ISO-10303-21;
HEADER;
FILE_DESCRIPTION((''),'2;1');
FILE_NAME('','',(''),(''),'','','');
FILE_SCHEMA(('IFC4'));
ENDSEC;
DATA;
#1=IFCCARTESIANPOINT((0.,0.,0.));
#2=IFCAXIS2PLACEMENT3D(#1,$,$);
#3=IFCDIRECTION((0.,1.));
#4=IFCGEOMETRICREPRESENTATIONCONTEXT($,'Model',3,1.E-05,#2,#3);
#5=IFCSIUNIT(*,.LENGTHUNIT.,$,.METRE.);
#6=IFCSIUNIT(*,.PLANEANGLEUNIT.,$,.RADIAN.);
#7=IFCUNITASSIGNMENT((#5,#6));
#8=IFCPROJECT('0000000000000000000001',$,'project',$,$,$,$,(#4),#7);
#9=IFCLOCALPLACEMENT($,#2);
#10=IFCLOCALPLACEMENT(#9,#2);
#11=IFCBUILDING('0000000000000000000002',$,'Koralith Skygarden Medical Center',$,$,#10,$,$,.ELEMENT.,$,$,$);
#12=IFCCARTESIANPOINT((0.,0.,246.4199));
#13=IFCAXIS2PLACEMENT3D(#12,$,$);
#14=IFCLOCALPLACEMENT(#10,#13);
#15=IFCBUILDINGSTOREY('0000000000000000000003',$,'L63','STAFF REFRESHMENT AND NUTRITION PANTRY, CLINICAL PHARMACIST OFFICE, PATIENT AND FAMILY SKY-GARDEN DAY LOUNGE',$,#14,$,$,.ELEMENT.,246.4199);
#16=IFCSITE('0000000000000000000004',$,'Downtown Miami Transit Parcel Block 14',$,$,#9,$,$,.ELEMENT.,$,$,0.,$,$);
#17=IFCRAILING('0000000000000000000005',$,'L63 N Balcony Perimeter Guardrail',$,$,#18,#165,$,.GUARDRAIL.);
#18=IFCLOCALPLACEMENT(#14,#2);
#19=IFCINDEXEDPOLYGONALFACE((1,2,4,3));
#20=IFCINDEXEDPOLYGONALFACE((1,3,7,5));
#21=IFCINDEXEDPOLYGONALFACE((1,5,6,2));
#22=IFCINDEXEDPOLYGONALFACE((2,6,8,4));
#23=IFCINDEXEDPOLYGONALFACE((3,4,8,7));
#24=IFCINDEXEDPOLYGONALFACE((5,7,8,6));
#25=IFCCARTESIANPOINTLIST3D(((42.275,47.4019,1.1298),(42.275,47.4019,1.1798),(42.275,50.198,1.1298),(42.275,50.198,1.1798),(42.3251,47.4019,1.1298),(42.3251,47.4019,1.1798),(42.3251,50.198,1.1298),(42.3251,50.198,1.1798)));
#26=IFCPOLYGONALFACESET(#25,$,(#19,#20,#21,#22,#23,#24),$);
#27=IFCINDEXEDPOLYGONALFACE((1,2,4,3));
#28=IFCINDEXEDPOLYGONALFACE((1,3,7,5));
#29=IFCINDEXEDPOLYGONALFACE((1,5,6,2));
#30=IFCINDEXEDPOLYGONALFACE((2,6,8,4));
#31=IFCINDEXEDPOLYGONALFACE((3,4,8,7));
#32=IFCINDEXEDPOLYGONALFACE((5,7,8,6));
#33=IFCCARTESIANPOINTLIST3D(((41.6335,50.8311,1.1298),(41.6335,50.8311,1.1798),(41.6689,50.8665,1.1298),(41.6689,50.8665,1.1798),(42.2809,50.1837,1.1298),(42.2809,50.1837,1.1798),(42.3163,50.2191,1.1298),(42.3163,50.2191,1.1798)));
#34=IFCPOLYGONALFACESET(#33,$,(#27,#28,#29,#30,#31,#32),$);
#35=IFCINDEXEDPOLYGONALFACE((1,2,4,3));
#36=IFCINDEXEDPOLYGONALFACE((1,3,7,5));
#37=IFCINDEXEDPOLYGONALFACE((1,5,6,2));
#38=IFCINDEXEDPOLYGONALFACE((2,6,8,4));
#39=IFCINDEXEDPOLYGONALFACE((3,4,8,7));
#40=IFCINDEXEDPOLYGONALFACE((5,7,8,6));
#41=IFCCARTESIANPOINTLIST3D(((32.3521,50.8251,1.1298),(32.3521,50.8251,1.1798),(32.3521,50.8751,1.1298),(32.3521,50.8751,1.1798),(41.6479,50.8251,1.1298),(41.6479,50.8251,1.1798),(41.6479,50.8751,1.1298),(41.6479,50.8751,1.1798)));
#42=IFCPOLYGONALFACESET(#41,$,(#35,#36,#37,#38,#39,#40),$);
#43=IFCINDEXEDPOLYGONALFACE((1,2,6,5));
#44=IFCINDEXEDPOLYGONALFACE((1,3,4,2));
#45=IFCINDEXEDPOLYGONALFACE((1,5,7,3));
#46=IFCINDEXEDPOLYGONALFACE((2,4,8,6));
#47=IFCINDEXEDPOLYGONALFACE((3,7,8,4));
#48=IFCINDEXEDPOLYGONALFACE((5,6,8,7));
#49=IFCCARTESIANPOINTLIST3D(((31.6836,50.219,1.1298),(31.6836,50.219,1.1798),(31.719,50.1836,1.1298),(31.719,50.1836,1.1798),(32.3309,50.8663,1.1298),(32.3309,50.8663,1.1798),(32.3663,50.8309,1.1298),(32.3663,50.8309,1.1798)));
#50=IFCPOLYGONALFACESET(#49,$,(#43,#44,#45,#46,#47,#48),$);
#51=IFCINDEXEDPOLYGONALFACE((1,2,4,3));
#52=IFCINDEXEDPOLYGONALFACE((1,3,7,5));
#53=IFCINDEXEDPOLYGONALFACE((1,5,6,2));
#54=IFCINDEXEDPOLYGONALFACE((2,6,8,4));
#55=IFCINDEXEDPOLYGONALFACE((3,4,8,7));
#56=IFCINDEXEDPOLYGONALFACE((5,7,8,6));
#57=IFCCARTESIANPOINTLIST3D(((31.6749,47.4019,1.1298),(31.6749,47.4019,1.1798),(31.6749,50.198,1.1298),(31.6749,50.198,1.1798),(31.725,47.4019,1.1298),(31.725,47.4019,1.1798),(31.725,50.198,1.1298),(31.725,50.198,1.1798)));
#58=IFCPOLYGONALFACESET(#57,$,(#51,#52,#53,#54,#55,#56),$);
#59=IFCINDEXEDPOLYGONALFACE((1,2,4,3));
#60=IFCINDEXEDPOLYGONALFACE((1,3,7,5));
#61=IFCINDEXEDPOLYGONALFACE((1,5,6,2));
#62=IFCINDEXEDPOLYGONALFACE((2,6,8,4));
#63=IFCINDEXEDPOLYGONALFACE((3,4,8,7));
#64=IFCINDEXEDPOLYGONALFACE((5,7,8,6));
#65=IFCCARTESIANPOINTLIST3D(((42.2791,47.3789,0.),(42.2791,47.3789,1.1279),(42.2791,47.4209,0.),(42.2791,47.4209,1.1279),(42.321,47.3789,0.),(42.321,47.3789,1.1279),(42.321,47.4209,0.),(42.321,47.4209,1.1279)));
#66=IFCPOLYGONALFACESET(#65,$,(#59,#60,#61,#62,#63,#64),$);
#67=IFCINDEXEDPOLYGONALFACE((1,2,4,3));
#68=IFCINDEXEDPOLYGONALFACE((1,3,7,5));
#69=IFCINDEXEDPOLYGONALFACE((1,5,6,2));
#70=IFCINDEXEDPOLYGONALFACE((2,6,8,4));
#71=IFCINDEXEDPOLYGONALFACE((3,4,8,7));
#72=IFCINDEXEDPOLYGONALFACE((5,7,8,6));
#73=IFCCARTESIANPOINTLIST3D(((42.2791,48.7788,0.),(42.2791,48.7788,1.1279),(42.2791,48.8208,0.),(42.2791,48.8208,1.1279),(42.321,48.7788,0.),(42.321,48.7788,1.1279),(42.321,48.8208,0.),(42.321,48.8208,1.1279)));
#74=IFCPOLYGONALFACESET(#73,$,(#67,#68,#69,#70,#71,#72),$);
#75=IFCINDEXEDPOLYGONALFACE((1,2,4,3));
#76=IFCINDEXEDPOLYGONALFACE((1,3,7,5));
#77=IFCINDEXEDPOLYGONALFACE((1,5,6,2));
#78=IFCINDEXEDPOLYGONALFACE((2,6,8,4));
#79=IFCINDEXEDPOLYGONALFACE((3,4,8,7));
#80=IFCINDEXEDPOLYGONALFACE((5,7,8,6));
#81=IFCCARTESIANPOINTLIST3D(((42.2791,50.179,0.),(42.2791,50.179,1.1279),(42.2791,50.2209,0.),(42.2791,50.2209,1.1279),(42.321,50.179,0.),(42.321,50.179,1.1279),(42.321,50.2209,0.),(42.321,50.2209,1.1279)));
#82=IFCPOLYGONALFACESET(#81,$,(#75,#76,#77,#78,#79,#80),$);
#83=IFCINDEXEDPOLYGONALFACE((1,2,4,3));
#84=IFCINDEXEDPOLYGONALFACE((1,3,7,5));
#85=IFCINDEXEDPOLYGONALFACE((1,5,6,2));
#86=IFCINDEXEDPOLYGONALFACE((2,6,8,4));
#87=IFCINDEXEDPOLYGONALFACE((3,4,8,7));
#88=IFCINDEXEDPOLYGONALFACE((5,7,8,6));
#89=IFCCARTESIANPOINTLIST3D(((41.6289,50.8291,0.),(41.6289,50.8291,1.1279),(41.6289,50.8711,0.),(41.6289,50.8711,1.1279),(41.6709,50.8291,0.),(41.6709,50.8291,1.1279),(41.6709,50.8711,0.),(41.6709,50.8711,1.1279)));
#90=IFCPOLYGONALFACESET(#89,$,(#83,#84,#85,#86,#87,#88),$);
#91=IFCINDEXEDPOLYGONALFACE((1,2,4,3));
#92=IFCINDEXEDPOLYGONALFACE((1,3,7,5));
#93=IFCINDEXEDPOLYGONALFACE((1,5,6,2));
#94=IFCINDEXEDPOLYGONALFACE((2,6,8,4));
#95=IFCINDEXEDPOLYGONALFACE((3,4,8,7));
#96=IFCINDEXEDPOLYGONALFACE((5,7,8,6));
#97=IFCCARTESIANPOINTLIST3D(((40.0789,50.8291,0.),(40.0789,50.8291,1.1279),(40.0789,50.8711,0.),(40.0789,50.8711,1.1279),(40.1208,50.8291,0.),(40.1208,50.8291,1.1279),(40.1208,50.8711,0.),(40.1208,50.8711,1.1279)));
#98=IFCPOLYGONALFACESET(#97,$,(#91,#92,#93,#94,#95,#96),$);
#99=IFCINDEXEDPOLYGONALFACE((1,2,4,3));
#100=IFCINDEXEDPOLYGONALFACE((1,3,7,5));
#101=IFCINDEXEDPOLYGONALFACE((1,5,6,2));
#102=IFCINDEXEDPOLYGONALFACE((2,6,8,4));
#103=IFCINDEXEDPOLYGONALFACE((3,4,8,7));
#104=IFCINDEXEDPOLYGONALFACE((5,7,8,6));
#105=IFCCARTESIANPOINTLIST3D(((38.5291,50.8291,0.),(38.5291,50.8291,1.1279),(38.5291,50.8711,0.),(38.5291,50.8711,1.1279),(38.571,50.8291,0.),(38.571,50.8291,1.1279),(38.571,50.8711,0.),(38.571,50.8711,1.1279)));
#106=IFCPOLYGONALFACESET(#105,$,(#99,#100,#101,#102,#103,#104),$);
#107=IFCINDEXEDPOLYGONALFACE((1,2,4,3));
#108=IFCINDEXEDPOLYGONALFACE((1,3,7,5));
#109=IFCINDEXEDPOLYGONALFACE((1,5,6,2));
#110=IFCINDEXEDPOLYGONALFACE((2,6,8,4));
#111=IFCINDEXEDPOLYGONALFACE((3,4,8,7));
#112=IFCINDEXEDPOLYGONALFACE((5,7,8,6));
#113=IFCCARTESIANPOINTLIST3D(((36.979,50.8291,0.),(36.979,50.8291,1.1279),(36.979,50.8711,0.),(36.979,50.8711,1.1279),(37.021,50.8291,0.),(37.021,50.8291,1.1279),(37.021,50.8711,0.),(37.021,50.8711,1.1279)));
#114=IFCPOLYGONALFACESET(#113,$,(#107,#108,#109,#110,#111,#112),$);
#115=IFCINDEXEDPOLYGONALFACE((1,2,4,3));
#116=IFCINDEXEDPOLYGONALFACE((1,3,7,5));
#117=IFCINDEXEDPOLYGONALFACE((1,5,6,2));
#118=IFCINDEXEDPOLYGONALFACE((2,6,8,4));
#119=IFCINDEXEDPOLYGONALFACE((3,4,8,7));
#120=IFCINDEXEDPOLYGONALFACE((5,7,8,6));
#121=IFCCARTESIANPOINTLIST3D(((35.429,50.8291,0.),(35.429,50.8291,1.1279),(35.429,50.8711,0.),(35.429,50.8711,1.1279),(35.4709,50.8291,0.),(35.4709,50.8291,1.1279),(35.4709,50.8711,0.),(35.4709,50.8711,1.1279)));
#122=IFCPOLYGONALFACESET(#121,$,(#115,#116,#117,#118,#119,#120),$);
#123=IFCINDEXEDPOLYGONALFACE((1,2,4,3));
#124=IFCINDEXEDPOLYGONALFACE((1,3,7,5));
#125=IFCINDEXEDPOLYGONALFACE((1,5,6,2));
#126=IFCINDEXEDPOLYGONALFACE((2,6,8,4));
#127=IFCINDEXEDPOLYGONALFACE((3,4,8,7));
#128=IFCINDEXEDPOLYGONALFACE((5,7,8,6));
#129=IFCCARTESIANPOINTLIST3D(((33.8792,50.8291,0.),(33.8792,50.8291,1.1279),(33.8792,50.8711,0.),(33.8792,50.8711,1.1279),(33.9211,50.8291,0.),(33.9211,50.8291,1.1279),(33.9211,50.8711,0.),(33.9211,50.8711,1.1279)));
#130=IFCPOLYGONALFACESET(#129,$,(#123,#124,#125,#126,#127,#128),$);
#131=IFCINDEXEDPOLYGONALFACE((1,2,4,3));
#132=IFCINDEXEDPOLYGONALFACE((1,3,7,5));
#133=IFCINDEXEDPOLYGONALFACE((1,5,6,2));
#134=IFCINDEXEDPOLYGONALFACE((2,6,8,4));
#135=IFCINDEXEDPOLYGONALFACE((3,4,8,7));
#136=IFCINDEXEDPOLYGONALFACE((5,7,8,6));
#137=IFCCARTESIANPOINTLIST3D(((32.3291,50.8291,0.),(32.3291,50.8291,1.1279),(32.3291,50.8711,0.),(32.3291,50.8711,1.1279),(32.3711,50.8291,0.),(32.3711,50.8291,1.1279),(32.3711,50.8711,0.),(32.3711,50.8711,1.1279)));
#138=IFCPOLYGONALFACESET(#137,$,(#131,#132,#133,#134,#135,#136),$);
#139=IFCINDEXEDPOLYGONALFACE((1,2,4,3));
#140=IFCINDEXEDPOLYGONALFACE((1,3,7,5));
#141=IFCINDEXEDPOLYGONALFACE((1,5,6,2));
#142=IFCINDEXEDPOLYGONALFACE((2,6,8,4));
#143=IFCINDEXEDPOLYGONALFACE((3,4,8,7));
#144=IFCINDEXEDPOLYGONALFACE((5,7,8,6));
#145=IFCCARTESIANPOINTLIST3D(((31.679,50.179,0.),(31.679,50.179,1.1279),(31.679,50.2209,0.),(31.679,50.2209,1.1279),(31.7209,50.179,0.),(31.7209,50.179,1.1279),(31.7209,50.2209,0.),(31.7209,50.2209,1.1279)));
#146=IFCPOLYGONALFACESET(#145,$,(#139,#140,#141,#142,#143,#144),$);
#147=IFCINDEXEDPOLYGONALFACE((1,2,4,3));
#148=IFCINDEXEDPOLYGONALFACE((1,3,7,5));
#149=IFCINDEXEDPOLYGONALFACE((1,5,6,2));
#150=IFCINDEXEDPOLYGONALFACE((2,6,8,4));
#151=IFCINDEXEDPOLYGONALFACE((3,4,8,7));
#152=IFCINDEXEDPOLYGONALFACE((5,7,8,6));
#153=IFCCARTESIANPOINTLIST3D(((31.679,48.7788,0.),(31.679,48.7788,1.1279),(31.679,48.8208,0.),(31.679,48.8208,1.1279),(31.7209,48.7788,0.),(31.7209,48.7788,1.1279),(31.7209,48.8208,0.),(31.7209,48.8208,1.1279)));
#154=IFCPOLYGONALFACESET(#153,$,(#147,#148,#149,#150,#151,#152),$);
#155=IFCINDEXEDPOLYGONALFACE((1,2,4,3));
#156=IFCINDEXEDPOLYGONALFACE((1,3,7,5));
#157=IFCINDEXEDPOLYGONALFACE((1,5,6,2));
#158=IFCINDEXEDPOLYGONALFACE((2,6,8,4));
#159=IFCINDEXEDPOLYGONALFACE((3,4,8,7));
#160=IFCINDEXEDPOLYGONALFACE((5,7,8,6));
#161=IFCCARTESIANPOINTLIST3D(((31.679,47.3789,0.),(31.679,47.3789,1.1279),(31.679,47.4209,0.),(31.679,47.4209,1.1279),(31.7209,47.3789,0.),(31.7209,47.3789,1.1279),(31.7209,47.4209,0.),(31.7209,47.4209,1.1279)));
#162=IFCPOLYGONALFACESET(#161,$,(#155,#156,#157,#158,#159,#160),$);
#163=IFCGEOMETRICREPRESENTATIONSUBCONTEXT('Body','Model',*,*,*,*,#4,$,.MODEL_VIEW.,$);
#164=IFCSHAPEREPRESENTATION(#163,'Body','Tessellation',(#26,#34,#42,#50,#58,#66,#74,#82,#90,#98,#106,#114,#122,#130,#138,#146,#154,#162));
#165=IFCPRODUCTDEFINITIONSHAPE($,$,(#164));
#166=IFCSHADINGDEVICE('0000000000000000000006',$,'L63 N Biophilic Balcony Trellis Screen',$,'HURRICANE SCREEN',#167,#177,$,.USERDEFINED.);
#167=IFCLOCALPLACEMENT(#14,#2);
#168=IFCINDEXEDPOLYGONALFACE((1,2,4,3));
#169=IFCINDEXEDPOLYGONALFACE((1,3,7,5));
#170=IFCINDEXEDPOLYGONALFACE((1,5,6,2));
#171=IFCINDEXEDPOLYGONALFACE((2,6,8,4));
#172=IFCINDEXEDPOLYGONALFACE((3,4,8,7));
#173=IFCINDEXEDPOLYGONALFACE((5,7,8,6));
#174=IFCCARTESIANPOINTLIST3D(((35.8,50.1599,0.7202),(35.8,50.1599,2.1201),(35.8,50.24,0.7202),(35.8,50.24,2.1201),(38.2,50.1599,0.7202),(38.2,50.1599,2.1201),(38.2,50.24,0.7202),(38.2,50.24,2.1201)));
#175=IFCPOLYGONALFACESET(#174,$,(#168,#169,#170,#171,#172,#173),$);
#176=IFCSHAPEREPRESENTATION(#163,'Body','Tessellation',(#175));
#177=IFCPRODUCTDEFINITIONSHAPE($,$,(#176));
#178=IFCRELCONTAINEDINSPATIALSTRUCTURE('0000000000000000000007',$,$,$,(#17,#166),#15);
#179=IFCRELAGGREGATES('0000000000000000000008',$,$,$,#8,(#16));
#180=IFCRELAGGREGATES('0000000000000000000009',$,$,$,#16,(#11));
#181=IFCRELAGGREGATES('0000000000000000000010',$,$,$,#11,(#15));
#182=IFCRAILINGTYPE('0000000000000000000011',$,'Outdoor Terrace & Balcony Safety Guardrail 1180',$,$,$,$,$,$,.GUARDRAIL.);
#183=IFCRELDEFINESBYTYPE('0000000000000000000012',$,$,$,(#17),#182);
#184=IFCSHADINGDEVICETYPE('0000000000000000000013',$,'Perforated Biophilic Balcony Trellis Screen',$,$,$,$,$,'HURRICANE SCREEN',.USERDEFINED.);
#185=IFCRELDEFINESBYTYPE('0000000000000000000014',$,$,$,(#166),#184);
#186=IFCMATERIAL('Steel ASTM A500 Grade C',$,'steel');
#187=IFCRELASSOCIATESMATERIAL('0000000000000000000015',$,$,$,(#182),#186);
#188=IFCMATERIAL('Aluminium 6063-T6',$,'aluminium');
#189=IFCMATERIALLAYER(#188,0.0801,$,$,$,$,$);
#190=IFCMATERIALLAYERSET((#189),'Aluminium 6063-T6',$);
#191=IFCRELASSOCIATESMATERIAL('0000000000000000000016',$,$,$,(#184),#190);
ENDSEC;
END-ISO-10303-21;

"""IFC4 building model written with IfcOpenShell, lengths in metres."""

from ifc_helpers import new_model, si_unit, direction, frame, origin, origin_2d, place, context, subcontext, project, spatial, rectangle, extrude, material, layer, layer_set, type_object, element, save


model = new_model("IFC4")

# Units and contexts
model_context = context("Model", 3, precision=1e-05, world=origin(), true_north=direction((0.0, 1.0)))
body_context = subcontext(model_context, "Body", "Model", "MODEL_VIEW")
ifc_project = project(units=[si_unit("LENGTHUNIT", "METRE"), si_unit("PLANEANGLEUNIT", "RADIAN")], contexts=[model_context])

# Site, building, storey
site_placement = place(None, origin())
site = spatial("IfcSite", under=ifc_project, at=site_placement, Name="Downtown Miami Transit Parcel Block 14", CompositionType="ELEMENT", RefElevation=0.0)
building_placement = place(site_placement, origin())
building = spatial("IfcBuilding", under=site, at=building_placement, Name="Koralith Skygarden Medical Center", CompositionType="ELEMENT")
storey_placement = place(building_placement, frame((0.0, 0.0, 246.4199)))
storey = spatial("IfcBuildingStorey", under=building, at=storey_placement, Name="L63", Description="STAFF REFRESHMENT AND NUTRITION PANTRY, CLINICAL PHARMACIST OFFICE, PATIENT AND FAMILY SKY-GARDEN DAY LOUNGE", CompositionType="ELEMENT", Elevation=246.4199)

# Shared definitions
ifc_material_1 = material(Name="Aluminium 6063-T6", Category="aluminium")

# Shared definitions
ifc_material_2 = material(Name="Steel ASTM A500 Grade C", Category="steel")

# Railing
railing_type = type_object("IfcRailingType", Name="Outdoor Terrace & Balcony Safety Guardrail 1180", PredefinedType="GUARDRAIL", material=ifc_material_2)
railing_placement = place(storey_placement, frame((42.3, 47.3999, 0.0)))
element("IfcRailing", 1, at=railing_placement, inside=storey, type_object=railing_type, Name="L63 N Balcony Perimeter Guardrail", PredefinedType="GUARDRAIL", context=body_context, shape_type="SweptSolid", body=[
    extrude(rectangle(XDim=0.05, YDim=0.05, at=origin_2d()), frame((0.0, 0.002, 1.1548), z_axis=(0.0, 1.0, 0.0), x_axis=(-1.0, 0.0, 0.0)), (0.0, 0.0, 1.0), 2.7961),
    extrude(rectangle(XDim=0.05, YDim=0.05, at=origin_2d()), frame((-0.0015, 2.8015, 1.1548), z_axis=(-0.707107, 0.707107, 0.0), x_axis=(-0.707107, -0.707107, 0.0)), (0.0, 0.0, 1.0), 0.9155),
    extrude(rectangle(XDim=0.05, YDim=0.05, at=origin_2d()), frame((-0.6521, 3.4502, 1.1548), z_axis=(-1.0, 0.0, 0.0), x_axis=(0.0, -1.0, 0.0)), (0.0, 0.0, 1.0), 9.2959),
    extrude(rectangle(XDim=0.05, YDim=0.05, at=origin_2d()), frame((-9.9514, 3.4487, 1.1548), z_axis=(-0.707107, -0.707107, 0.0), x_axis=(0.707107, -0.707107, 0.0)), (0.0, 0.0, 1.0), 0.9155),
    extrude(rectangle(XDim=0.05, YDim=0.05, at=origin_2d()), frame((-10.6001, 2.7981, 1.1548), z_axis=(0.0, -1.0, 0.0), x_axis=(1.0, 0.0, 0.0)), (0.0, 0.0, 1.0), 2.7961),
    extrude(rectangle(XDim=0.042, YDim=0.042, at=origin_2d()), origin(), (0.0, 0.0, 1.0), 1.1279),
    extrude(rectangle(XDim=0.042, YDim=0.042, at=origin_2d()), frame((0.0, 1.3999, 0.0)), (0.0, 0.0, 1.0), 1.1279),
    extrude(rectangle(XDim=0.042, YDim=0.042, at=origin_2d()), frame((0.0, 2.8, 0.0)), (0.0, 0.0, 1.0), 1.1279),
    extrude(rectangle(XDim=0.042, YDim=0.042, at=origin_2d()), frame((-0.6501, 3.4502, 0.0)), (0.0, 0.0, 1.0), 1.1279),
    extrude(rectangle(XDim=0.042, YDim=0.042, at=origin_2d()), frame((-2.2002, 3.4502, 0.0)), (0.0, 0.0, 1.0), 1.1279),
    extrude(rectangle(XDim=0.042, YDim=0.042, at=origin_2d()), frame((-3.75, 3.4502, 0.0)), (0.0, 0.0, 1.0), 1.1279),
    extrude(rectangle(XDim=0.042, YDim=0.042, at=origin_2d()), frame((-5.3, 3.4502, 0.0)), (0.0, 0.0, 1.0), 1.1279),
    extrude(rectangle(XDim=0.042, YDim=0.042, at=origin_2d()), frame((-6.8501, 3.4502, 0.0)), (0.0, 0.0, 1.0), 1.1279),
    extrude(rectangle(XDim=0.042, YDim=0.042, at=origin_2d()), frame((-8.3999, 3.4502, 0.0)), (0.0, 0.0, 1.0), 1.1279),
    extrude(rectangle(XDim=0.042, YDim=0.042, at=origin_2d()), frame((-9.95, 3.4502, 0.0)), (0.0, 0.0, 1.0), 1.1279),
    extrude(rectangle(XDim=0.042, YDim=0.042, at=origin_2d()), frame((-10.6001, 2.8, 0.0)), (0.0, 0.0, 1.0), 1.1279),
    extrude(rectangle(XDim=0.042, YDim=0.042, at=origin_2d()), frame((-10.6001, 1.3999, 0.0)), (0.0, 0.0, 1.0), 1.1279),
    extrude(rectangle(XDim=0.042, YDim=0.042, at=origin_2d()), frame((-10.6001, 0.0, 0.0)), (0.0, 0.0, 1.0), 1.1279),
])

# Shading device
ifc_layer_1 = layer(ifc_material_1, 0.0801)
ifc_layer_set_1 = layer_set([ifc_layer_1], Name="Aluminium 6063-T6")
shading_device_type = type_object("IfcShadingDeviceType", Name="Perforated Biophilic Balcony Trellis Screen", ElementType="HURRICANE SCREEN", PredefinedType="USERDEFINED", material=ifc_layer_set_1)
shading_device_placement = place(storey_placement, frame((37.0, 50.2, 0.7202), z_axis=(0.0, 0.0, 1.0), x_axis=(1.0, 0.0, 0.0)))
element("IfcShadingDevice", 2, at=shading_device_placement, inside=storey, type_object=shading_device_type, Name="L63 N Biophilic Balcony Trellis Screen", ObjectType="HURRICANE SCREEN", PredefinedType="USERDEFINED", context=body_context, shape_type="SweptSolid", body=[
    extrude(rectangle(XDim=2.3999, YDim=0.0801, at=origin_2d()), origin(), (0.0, 0.0, 1.0), 1.3999),
])

save(model, "model.ifc")
